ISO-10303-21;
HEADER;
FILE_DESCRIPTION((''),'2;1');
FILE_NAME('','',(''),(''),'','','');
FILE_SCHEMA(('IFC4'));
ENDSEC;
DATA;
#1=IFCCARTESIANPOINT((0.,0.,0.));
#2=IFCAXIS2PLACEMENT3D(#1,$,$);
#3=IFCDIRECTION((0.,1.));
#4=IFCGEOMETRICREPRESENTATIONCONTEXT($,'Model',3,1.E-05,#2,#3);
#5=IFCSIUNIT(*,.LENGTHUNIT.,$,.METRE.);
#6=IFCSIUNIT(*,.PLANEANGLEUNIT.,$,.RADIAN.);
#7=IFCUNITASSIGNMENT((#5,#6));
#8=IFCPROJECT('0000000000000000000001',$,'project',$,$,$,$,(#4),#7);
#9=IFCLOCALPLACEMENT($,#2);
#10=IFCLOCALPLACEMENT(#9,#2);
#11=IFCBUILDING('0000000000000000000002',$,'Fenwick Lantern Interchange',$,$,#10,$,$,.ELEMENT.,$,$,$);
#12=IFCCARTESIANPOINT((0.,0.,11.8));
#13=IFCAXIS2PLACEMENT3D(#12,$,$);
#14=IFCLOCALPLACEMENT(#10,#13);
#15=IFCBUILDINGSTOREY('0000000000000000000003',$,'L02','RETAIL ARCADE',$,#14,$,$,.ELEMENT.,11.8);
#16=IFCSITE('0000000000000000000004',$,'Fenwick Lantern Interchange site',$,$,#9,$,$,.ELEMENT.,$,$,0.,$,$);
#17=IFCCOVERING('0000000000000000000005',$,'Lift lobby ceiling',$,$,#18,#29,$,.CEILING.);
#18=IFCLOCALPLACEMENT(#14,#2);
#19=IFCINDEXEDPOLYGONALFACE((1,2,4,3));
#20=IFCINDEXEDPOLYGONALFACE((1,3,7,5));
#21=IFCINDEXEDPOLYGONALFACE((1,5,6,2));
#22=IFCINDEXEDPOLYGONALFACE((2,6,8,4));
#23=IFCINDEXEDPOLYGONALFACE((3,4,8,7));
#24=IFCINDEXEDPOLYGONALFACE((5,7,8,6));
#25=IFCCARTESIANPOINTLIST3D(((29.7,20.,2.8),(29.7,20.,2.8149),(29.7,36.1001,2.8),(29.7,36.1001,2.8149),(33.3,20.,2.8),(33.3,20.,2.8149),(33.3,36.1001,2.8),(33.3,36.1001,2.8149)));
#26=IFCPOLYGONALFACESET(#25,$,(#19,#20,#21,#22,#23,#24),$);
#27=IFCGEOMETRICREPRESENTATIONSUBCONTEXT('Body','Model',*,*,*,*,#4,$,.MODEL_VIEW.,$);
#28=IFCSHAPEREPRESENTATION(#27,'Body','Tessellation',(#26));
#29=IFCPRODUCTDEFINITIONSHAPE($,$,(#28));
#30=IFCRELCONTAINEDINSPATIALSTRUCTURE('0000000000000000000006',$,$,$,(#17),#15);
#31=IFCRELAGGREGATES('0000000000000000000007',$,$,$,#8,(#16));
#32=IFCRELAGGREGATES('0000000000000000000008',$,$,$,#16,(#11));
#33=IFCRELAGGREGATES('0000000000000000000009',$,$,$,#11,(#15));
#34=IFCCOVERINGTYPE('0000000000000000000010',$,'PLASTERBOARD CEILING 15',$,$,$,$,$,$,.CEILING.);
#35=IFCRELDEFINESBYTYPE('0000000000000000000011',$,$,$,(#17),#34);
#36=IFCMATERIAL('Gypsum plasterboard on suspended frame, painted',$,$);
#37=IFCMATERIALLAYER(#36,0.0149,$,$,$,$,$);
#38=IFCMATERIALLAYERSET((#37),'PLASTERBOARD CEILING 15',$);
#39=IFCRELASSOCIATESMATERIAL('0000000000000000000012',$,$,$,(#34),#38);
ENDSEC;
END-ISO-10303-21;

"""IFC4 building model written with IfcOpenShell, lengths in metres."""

from ifc_helpers import new_model, si_unit, direction, frame, origin, place, context, subcontext, project, spatial, polyline, outline, extrude, material, layer, layer_set, type_object, element, save


model = new_model("IFC4")

# Units and contexts
model_context = context("Model", 3, precision=1e-05, world=origin(), true_north=direction((0.0, 1.0)))
body_context = subcontext(model_context, "Body", "Model", "MODEL_VIEW")
ifc_project = project(units=[si_unit("LENGTHUNIT", "METRE"), si_unit("PLANEANGLEUNIT", "RADIAN")], contexts=[model_context])

# Site, building, storey
site_placement = place(None, origin())
site = spatial("IfcSite", under=ifc_project, at=site_placement, Name="Fenwick Lantern Interchange site", CompositionType="ELEMENT", RefElevation=0.0)
building_placement = place(site_placement, origin())
building = spatial("IfcBuilding", under=site, at=building_placement, Name="Fenwick Lantern Interchange", CompositionType="ELEMENT")
storey_placement = place(building_placement, frame((0.0, 0.0, 11.8)))
storey = spatial("IfcBuildingStorey", under=building, at=storey_placement, Name="L02", Description="RETAIL ARCADE", CompositionType="ELEMENT", Elevation=11.8)

# Covering
ifc_material_1 = material(Name="Gypsum plasterboard on suspended frame, painted")
ifc_layer_1 = layer(ifc_material_1, 0.0149)
ifc_layer_set_1 = layer_set([ifc_layer_1], Name="PLASTERBOARD CEILING 15")
covering_type_1 = type_object("IfcCoveringType", Name="PLASTERBOARD CEILING 15", PredefinedType="CEILING", material=ifc_layer_set_1)
covering_1_placement = place(storey_placement, frame((0.0, 0.0, 2.8)))
element("IfcCovering", 1, at=covering_1_placement, inside=storey, type_object=covering_type_1, Name="Lift lobby ceiling", PredefinedType="CEILING", context=body_context, shape_type="SweptSolid", body=[
    extrude(outline(polyline([(33.3, 36.1001), (29.7, 36.1001), (29.7, 20.0), (33.3, 20.0), (33.3, 36.1001)])), origin(), (0.0, 0.0, 1.0), 0.0149),
])

save(model, "model.ifc")
